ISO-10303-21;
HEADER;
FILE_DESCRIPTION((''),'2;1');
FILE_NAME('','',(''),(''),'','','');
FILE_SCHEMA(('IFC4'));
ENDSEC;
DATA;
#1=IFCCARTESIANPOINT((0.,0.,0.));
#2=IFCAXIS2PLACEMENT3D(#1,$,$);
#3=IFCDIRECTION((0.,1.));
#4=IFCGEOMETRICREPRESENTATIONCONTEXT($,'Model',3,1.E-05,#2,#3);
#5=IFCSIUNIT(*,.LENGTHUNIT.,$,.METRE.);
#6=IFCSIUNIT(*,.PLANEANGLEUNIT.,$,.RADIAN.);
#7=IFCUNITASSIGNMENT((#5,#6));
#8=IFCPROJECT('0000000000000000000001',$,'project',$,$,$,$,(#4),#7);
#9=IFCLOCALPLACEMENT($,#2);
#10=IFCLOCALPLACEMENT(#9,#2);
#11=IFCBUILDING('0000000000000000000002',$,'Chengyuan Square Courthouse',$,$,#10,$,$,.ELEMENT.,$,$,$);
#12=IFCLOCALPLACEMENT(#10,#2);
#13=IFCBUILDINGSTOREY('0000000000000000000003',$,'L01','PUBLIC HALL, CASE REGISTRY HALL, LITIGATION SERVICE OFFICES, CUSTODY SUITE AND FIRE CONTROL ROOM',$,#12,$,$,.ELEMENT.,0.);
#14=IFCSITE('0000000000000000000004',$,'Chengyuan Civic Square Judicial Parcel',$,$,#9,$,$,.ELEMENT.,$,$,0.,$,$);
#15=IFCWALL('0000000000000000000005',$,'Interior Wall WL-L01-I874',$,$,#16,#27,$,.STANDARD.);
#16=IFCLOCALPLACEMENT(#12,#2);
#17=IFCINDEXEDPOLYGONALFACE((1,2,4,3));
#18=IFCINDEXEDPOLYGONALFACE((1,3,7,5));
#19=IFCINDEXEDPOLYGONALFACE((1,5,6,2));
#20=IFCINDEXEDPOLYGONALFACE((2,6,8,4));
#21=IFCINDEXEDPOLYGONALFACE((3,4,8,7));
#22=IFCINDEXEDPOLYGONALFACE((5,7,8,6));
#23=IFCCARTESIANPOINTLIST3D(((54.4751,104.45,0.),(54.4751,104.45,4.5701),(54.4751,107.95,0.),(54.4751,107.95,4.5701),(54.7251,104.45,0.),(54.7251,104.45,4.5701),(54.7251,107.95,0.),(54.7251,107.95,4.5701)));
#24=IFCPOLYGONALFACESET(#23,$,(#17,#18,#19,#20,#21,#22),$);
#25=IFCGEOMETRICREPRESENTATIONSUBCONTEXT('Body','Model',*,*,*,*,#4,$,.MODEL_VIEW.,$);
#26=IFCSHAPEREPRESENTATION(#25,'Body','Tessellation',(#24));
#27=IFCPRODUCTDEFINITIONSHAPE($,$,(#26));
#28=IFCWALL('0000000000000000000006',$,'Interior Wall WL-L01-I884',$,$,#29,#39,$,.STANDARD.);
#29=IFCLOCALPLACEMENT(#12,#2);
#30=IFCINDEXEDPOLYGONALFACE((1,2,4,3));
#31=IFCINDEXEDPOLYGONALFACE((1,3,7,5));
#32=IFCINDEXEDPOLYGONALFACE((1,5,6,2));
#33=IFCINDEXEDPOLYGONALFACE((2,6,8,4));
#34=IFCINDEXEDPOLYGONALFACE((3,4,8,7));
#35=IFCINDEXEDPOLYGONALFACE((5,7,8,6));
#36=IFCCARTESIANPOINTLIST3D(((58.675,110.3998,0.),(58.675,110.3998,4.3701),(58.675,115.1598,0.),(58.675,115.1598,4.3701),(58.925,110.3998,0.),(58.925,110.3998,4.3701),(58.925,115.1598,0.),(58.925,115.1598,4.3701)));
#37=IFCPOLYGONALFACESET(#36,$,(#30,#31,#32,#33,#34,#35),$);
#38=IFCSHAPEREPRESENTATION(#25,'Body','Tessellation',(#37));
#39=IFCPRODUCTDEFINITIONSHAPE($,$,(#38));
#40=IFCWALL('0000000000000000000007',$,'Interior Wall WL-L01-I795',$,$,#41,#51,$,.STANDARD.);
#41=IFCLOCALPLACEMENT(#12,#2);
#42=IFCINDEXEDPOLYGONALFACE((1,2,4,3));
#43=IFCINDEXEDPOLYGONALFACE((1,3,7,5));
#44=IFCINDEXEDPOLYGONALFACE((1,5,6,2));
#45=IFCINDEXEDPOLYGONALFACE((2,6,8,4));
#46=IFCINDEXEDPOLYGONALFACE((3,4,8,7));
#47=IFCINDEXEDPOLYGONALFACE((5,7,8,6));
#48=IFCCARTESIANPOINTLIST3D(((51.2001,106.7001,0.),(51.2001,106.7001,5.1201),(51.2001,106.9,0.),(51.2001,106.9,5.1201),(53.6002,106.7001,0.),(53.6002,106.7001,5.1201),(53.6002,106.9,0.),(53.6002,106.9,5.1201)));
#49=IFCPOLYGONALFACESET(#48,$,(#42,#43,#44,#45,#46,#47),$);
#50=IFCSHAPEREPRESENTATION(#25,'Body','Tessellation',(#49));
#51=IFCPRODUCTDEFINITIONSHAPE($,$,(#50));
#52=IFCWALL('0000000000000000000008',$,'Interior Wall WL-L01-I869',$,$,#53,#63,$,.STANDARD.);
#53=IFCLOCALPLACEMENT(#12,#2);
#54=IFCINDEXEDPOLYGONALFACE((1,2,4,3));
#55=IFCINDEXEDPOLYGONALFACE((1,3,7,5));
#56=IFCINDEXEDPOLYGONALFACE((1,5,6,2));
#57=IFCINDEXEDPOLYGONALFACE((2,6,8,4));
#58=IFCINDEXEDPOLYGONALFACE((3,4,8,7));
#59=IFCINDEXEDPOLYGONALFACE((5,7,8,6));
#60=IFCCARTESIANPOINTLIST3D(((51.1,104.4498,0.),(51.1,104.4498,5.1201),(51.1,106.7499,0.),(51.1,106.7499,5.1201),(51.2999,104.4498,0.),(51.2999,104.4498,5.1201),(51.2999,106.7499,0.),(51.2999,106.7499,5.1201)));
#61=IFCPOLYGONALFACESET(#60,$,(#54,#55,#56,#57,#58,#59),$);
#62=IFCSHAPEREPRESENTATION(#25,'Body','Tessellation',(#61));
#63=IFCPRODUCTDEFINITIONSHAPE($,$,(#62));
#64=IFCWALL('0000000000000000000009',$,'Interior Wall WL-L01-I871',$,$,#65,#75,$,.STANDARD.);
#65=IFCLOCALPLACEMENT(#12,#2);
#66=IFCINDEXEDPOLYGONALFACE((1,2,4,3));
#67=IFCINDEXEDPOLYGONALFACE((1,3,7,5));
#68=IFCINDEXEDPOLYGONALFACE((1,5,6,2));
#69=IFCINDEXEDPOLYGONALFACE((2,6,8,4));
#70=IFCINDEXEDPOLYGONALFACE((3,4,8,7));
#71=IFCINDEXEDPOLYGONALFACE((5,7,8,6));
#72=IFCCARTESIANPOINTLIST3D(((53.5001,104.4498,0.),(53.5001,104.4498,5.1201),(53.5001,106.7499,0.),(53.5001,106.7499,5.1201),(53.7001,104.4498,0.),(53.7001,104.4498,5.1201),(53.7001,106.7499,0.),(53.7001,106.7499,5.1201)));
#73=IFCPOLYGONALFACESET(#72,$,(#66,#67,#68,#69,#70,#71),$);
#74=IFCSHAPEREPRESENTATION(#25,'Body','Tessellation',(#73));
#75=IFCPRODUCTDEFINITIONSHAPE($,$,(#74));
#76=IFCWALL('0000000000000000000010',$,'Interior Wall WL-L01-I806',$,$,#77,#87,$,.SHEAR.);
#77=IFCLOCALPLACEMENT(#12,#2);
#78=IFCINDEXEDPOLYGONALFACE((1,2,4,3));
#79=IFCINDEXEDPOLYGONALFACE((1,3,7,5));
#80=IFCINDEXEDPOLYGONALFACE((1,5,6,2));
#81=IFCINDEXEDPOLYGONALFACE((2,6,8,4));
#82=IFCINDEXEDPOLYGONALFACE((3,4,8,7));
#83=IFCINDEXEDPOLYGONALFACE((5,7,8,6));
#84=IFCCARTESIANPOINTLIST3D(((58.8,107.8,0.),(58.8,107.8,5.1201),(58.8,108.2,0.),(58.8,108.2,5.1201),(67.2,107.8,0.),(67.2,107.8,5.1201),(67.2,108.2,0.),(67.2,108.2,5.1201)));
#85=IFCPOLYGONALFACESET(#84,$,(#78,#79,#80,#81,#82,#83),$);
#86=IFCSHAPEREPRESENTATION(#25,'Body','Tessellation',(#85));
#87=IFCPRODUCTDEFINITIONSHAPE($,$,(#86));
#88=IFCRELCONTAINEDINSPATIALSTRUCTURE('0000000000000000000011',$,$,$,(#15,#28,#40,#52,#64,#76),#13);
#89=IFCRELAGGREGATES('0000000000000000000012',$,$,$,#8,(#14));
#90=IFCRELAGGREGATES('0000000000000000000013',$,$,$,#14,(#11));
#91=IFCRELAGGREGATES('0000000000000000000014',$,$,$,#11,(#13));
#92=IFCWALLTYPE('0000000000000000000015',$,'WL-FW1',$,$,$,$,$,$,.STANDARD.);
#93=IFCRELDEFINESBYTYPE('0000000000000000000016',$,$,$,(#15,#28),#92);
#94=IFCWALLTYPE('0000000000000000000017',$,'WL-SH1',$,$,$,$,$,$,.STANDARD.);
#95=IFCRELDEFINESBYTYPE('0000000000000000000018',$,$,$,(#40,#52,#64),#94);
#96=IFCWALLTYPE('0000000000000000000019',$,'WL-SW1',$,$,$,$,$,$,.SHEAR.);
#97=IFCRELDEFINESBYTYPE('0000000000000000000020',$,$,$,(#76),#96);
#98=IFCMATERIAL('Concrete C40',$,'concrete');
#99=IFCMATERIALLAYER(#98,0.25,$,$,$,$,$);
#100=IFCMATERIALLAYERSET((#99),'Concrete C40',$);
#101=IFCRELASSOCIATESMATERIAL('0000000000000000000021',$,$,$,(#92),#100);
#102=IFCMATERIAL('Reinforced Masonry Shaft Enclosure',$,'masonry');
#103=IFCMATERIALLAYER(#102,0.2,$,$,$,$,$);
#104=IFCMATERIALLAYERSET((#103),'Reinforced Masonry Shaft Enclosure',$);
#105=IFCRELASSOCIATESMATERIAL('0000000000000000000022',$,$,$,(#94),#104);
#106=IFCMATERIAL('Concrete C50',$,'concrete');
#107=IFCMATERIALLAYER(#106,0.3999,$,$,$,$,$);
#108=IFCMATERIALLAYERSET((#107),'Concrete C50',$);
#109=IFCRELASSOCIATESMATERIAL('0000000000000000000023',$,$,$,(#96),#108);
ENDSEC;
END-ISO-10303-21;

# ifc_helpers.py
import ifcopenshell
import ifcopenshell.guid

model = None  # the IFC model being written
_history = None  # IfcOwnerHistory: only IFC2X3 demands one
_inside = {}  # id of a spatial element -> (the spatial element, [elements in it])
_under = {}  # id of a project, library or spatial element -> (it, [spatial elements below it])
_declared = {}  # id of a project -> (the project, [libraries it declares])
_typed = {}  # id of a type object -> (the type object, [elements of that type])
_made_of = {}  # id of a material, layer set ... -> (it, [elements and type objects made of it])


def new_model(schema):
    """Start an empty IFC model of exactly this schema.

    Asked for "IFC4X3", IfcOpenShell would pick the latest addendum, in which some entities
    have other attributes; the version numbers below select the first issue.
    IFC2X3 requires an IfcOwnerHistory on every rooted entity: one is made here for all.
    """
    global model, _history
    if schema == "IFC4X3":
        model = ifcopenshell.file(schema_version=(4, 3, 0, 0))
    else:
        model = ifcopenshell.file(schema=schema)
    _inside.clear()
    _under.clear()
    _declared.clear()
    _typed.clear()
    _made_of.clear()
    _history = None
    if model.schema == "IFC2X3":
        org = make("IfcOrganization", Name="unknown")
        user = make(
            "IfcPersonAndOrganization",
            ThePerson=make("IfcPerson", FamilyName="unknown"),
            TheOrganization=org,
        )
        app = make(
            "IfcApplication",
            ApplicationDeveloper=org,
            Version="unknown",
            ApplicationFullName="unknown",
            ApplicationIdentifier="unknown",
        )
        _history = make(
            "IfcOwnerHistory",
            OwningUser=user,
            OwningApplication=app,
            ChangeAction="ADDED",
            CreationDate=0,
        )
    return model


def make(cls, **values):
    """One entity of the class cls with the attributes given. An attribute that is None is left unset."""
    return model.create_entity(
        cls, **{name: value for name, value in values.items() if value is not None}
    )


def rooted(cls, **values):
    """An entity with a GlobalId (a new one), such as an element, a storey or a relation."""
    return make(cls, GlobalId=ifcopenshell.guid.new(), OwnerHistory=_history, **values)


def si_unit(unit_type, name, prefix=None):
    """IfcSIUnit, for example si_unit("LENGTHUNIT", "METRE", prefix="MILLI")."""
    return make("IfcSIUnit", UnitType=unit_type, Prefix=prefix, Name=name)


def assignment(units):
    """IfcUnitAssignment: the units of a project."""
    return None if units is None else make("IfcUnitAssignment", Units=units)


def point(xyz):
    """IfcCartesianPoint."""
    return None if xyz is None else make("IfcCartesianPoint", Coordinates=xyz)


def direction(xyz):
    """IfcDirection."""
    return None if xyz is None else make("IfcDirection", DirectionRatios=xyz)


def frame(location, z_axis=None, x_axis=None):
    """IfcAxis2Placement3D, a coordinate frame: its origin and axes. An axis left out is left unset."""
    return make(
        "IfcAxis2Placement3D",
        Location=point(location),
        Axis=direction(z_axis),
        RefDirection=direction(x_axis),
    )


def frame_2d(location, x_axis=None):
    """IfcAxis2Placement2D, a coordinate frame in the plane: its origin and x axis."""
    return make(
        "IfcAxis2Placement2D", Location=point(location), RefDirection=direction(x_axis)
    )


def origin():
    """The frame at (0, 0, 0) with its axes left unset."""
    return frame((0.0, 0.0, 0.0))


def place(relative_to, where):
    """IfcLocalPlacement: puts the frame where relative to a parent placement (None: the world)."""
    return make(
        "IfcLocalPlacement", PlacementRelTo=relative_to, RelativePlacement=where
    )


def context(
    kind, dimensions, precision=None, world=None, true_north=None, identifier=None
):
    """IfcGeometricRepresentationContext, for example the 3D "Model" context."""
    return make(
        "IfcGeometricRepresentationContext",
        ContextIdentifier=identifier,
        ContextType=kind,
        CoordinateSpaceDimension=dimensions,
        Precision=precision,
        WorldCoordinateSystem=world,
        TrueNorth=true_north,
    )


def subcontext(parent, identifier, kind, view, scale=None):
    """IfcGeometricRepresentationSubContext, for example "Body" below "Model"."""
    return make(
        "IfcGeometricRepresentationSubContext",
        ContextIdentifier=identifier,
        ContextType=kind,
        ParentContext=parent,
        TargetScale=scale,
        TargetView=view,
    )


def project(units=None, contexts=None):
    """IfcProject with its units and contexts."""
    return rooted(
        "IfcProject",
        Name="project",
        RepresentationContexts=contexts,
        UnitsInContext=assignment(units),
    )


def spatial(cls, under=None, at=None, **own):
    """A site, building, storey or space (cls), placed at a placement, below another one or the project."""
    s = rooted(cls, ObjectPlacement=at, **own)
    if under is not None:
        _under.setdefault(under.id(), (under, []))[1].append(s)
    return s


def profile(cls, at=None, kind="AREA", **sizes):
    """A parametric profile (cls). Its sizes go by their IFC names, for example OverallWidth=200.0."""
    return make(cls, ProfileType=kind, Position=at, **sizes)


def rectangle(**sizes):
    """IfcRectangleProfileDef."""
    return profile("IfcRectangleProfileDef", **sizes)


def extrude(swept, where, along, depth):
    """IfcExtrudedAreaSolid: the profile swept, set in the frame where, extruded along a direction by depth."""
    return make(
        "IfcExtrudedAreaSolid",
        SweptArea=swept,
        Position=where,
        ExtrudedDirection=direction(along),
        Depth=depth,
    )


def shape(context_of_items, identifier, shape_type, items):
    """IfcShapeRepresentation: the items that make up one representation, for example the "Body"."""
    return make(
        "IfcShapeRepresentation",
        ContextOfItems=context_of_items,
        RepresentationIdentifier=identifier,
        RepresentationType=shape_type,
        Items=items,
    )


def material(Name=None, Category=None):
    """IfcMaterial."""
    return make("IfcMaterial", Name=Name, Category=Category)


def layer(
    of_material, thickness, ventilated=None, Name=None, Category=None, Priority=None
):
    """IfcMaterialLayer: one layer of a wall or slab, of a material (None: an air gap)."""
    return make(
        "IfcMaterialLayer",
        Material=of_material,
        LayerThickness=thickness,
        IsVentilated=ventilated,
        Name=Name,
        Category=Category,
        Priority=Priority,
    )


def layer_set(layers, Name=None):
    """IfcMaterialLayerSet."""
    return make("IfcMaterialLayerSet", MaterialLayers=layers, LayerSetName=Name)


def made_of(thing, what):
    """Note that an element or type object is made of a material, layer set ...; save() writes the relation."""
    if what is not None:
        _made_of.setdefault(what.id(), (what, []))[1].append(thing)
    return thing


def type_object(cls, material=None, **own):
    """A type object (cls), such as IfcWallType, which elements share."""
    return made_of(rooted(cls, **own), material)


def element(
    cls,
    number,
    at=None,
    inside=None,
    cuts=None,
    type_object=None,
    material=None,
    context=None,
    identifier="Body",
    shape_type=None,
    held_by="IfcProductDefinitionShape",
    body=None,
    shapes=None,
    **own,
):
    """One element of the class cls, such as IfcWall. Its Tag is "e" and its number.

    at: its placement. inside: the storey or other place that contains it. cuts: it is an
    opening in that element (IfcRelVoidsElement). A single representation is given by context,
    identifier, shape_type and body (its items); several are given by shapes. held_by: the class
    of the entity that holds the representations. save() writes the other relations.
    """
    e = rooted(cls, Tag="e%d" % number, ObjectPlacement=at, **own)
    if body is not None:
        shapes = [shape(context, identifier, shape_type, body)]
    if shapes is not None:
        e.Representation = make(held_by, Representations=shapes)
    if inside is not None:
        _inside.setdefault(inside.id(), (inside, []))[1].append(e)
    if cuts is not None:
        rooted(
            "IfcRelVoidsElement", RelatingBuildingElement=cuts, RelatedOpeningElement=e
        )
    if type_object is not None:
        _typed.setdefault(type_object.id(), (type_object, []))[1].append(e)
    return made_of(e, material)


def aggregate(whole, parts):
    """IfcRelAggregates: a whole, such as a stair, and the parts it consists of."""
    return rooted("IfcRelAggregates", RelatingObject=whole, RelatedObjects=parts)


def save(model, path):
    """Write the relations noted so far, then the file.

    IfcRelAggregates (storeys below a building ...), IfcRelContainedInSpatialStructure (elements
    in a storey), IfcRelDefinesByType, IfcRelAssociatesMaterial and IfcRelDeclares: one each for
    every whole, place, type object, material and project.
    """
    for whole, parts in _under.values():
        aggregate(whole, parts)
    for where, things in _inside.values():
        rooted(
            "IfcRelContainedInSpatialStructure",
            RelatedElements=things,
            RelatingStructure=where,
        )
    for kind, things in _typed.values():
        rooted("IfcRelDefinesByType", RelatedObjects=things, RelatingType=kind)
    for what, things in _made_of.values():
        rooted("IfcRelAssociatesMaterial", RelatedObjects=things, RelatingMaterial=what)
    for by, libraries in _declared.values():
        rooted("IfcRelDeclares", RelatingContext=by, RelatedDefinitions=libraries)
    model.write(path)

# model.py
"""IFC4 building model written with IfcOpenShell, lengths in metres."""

from ifc_helpers import new_model, si_unit, direction, frame, frame_2d, origin, place, context, subcontext, project, spatial, rectangle, extrude, material, layer, layer_set, type_object, element, save


model = new_model("IFC4")

# Units and contexts
model_context = context("Model", 3, precision=1e-05, world=origin(), true_north=direction((0.0, 1.0)))
body_context = subcontext(model_context, "Body", "Model", "MODEL_VIEW")
ifc_project = project(units=[si_unit("LENGTHUNIT", "METRE"), si_unit("PLANEANGLEUNIT", "RADIAN")], contexts=[model_context])

# Site, building, storey
site_placement = place(None, origin())
site = spatial("IfcSite", under=ifc_project, at=site_placement, Name="Chengyuan Civic Square Judicial Parcel", CompositionType="ELEMENT", RefElevation=0.0)
building_placement = place(site_placement, origin())
building = spatial("IfcBuilding", under=site, at=building_placement, Name="Chengyuan Square Courthouse", CompositionType="ELEMENT")
storey_placement = place(building_placement, origin())
storey = spatial("IfcBuildingStorey", under=building, at=storey_placement, Name="L01", Description="PUBLIC HALL, CASE REGISTRY HALL, LITIGATION SERVICE OFFICES, CUSTODY SUITE AND FIRE CONTROL ROOM", CompositionType="ELEMENT", Elevation=0.0)

# Shared definitions
ifc_material_1 = material(Name="Concrete C50", Category="concrete")
ifc_material_2 = material(Name="Concrete C40", Category="concrete")

# Shared definitions
ifc_layer_1 = layer(ifc_material_2, 0.25)
ifc_layer_set_1 = layer_set([ifc_layer_1], Name="Concrete C40")
wall_type_1 = type_object("IfcWallType", Name="WL-FW1", PredefinedType="STANDARD", material=ifc_layer_set_1)

# Walls
wall_1_placement = place(storey_placement, frame((54.6001, 104.45, 0.0), z_axis=(0.0, 0.0, 1.0), x_axis=(0.0, 1.0, 0.0)))
element("IfcWall", 1, at=wall_1_placement, inside=storey, type_object=wall_type_1, Name="Interior Wall WL-L01-I874", PredefinedType="STANDARD", context=body_context, shape_type="SweptSolid", body=[
    extrude(rectangle(XDim=3.5, YDim=0.25, at=frame_2d((1.75, 0.0))), origin(), (0.0, 0.0, 1.0), 4.5701),
])
wall_2_placement = place(storey_placement, frame((58.8, 110.3999, 0.0), z_axis=(0.0, 0.0, 1.0), x_axis=(0.0, 1.0, 0.0)))
element("IfcWall", 2, at=wall_2_placement, inside=storey, type_object=wall_type_1, Name="Interior Wall WL-L01-I884", PredefinedType="STANDARD", context=body_context, shape_type="SweptSolid", body=[
    extrude(rectangle(XDim=4.76, YDim=0.25, at=frame_2d((2.3799, 0.0))), origin(), (0.0, 0.0, 1.0), 4.3701),
])
ifc_material_3 = material(Name="Reinforced Masonry Shaft Enclosure", Category="masonry")
ifc_layer_2 = layer(ifc_material_3, 0.2)
ifc_layer_set_2 = layer_set([ifc_layer_2], Name="Reinforced Masonry Shaft Enclosure")
wall_type_2 = type_object("IfcWallType", Name="WL-SH1", PredefinedType="STANDARD", material=ifc_layer_set_2)
wall_3_placement = place(storey_placement, frame((51.2, 106.8, 0.0), z_axis=(0.0, 0.0, 1.0), x_axis=(1.0, 0.0, 0.0)))
element("IfcWall", 3, at=wall_3_placement, inside=storey, type_object=wall_type_2, Name="Interior Wall WL-L01-I795", PredefinedType="STANDARD", context=body_context, shape_type="SweptSolid", body=[
    extrude(rectangle(XDim=2.4001, YDim=0.2, at=frame_2d((1.2002, 0.0))), origin(), (0.0, 0.0, 1.0), 5.1201),
])
for number, where, z_axis, x_axis, name in (
    (4, (51.2, 104.45, 0.0), (0.0, 0.0, 1.0), (0.0, 1.0, 0.0), "Interior Wall WL-L01-I869"),
    (5, (53.6001, 104.45, 0.0), (0.0, 0.0, 1.0), (0.0, 1.0, 0.0), "Interior Wall WL-L01-I871"),
):
    element("IfcWall", number, at=place(storey_placement, frame(where, z_axis=z_axis, x_axis=x_axis)), inside=storey, type_object=wall_type_2, Name=name, PredefinedType="STANDARD", context=body_context, shape_type="SweptSolid", body=[
        extrude(rectangle(XDim=2.3, YDim=0.2, at=frame_2d((1.1499, 0.0))), origin(), (0.0, 0.0, 1.0), 5.1201),
    ])
ifc_layer_3 = layer(ifc_material_1, 0.3999)
ifc_layer_set_3 = layer_set([ifc_layer_3], Name="Concrete C50")
wall_type_3 = type_object("IfcWallType", Name="WL-SW1", PredefinedType="SHEAR", material=ifc_layer_set_3)
wall_4_placement = place(storey_placement, frame((58.8, 108.0, 0.0), z_axis=(0.0, 0.0, 1.0), x_axis=(1.0, 0.0, 0.0)))
element("IfcWall", 6, at=wall_4_placement, inside=storey, type_object=wall_type_3, Name="Interior Wall WL-L01-I806", PredefinedType="SHEAR", context=body_context, shape_type="SweptSolid", body=[
    extrude(rectangle(XDim=8.3999, YDim=0.3999, at=frame_2d((4.2, 0.0))), origin(), (0.0, 0.0, 1.0), 5.1201),
])

save(model, "model.ifc")
